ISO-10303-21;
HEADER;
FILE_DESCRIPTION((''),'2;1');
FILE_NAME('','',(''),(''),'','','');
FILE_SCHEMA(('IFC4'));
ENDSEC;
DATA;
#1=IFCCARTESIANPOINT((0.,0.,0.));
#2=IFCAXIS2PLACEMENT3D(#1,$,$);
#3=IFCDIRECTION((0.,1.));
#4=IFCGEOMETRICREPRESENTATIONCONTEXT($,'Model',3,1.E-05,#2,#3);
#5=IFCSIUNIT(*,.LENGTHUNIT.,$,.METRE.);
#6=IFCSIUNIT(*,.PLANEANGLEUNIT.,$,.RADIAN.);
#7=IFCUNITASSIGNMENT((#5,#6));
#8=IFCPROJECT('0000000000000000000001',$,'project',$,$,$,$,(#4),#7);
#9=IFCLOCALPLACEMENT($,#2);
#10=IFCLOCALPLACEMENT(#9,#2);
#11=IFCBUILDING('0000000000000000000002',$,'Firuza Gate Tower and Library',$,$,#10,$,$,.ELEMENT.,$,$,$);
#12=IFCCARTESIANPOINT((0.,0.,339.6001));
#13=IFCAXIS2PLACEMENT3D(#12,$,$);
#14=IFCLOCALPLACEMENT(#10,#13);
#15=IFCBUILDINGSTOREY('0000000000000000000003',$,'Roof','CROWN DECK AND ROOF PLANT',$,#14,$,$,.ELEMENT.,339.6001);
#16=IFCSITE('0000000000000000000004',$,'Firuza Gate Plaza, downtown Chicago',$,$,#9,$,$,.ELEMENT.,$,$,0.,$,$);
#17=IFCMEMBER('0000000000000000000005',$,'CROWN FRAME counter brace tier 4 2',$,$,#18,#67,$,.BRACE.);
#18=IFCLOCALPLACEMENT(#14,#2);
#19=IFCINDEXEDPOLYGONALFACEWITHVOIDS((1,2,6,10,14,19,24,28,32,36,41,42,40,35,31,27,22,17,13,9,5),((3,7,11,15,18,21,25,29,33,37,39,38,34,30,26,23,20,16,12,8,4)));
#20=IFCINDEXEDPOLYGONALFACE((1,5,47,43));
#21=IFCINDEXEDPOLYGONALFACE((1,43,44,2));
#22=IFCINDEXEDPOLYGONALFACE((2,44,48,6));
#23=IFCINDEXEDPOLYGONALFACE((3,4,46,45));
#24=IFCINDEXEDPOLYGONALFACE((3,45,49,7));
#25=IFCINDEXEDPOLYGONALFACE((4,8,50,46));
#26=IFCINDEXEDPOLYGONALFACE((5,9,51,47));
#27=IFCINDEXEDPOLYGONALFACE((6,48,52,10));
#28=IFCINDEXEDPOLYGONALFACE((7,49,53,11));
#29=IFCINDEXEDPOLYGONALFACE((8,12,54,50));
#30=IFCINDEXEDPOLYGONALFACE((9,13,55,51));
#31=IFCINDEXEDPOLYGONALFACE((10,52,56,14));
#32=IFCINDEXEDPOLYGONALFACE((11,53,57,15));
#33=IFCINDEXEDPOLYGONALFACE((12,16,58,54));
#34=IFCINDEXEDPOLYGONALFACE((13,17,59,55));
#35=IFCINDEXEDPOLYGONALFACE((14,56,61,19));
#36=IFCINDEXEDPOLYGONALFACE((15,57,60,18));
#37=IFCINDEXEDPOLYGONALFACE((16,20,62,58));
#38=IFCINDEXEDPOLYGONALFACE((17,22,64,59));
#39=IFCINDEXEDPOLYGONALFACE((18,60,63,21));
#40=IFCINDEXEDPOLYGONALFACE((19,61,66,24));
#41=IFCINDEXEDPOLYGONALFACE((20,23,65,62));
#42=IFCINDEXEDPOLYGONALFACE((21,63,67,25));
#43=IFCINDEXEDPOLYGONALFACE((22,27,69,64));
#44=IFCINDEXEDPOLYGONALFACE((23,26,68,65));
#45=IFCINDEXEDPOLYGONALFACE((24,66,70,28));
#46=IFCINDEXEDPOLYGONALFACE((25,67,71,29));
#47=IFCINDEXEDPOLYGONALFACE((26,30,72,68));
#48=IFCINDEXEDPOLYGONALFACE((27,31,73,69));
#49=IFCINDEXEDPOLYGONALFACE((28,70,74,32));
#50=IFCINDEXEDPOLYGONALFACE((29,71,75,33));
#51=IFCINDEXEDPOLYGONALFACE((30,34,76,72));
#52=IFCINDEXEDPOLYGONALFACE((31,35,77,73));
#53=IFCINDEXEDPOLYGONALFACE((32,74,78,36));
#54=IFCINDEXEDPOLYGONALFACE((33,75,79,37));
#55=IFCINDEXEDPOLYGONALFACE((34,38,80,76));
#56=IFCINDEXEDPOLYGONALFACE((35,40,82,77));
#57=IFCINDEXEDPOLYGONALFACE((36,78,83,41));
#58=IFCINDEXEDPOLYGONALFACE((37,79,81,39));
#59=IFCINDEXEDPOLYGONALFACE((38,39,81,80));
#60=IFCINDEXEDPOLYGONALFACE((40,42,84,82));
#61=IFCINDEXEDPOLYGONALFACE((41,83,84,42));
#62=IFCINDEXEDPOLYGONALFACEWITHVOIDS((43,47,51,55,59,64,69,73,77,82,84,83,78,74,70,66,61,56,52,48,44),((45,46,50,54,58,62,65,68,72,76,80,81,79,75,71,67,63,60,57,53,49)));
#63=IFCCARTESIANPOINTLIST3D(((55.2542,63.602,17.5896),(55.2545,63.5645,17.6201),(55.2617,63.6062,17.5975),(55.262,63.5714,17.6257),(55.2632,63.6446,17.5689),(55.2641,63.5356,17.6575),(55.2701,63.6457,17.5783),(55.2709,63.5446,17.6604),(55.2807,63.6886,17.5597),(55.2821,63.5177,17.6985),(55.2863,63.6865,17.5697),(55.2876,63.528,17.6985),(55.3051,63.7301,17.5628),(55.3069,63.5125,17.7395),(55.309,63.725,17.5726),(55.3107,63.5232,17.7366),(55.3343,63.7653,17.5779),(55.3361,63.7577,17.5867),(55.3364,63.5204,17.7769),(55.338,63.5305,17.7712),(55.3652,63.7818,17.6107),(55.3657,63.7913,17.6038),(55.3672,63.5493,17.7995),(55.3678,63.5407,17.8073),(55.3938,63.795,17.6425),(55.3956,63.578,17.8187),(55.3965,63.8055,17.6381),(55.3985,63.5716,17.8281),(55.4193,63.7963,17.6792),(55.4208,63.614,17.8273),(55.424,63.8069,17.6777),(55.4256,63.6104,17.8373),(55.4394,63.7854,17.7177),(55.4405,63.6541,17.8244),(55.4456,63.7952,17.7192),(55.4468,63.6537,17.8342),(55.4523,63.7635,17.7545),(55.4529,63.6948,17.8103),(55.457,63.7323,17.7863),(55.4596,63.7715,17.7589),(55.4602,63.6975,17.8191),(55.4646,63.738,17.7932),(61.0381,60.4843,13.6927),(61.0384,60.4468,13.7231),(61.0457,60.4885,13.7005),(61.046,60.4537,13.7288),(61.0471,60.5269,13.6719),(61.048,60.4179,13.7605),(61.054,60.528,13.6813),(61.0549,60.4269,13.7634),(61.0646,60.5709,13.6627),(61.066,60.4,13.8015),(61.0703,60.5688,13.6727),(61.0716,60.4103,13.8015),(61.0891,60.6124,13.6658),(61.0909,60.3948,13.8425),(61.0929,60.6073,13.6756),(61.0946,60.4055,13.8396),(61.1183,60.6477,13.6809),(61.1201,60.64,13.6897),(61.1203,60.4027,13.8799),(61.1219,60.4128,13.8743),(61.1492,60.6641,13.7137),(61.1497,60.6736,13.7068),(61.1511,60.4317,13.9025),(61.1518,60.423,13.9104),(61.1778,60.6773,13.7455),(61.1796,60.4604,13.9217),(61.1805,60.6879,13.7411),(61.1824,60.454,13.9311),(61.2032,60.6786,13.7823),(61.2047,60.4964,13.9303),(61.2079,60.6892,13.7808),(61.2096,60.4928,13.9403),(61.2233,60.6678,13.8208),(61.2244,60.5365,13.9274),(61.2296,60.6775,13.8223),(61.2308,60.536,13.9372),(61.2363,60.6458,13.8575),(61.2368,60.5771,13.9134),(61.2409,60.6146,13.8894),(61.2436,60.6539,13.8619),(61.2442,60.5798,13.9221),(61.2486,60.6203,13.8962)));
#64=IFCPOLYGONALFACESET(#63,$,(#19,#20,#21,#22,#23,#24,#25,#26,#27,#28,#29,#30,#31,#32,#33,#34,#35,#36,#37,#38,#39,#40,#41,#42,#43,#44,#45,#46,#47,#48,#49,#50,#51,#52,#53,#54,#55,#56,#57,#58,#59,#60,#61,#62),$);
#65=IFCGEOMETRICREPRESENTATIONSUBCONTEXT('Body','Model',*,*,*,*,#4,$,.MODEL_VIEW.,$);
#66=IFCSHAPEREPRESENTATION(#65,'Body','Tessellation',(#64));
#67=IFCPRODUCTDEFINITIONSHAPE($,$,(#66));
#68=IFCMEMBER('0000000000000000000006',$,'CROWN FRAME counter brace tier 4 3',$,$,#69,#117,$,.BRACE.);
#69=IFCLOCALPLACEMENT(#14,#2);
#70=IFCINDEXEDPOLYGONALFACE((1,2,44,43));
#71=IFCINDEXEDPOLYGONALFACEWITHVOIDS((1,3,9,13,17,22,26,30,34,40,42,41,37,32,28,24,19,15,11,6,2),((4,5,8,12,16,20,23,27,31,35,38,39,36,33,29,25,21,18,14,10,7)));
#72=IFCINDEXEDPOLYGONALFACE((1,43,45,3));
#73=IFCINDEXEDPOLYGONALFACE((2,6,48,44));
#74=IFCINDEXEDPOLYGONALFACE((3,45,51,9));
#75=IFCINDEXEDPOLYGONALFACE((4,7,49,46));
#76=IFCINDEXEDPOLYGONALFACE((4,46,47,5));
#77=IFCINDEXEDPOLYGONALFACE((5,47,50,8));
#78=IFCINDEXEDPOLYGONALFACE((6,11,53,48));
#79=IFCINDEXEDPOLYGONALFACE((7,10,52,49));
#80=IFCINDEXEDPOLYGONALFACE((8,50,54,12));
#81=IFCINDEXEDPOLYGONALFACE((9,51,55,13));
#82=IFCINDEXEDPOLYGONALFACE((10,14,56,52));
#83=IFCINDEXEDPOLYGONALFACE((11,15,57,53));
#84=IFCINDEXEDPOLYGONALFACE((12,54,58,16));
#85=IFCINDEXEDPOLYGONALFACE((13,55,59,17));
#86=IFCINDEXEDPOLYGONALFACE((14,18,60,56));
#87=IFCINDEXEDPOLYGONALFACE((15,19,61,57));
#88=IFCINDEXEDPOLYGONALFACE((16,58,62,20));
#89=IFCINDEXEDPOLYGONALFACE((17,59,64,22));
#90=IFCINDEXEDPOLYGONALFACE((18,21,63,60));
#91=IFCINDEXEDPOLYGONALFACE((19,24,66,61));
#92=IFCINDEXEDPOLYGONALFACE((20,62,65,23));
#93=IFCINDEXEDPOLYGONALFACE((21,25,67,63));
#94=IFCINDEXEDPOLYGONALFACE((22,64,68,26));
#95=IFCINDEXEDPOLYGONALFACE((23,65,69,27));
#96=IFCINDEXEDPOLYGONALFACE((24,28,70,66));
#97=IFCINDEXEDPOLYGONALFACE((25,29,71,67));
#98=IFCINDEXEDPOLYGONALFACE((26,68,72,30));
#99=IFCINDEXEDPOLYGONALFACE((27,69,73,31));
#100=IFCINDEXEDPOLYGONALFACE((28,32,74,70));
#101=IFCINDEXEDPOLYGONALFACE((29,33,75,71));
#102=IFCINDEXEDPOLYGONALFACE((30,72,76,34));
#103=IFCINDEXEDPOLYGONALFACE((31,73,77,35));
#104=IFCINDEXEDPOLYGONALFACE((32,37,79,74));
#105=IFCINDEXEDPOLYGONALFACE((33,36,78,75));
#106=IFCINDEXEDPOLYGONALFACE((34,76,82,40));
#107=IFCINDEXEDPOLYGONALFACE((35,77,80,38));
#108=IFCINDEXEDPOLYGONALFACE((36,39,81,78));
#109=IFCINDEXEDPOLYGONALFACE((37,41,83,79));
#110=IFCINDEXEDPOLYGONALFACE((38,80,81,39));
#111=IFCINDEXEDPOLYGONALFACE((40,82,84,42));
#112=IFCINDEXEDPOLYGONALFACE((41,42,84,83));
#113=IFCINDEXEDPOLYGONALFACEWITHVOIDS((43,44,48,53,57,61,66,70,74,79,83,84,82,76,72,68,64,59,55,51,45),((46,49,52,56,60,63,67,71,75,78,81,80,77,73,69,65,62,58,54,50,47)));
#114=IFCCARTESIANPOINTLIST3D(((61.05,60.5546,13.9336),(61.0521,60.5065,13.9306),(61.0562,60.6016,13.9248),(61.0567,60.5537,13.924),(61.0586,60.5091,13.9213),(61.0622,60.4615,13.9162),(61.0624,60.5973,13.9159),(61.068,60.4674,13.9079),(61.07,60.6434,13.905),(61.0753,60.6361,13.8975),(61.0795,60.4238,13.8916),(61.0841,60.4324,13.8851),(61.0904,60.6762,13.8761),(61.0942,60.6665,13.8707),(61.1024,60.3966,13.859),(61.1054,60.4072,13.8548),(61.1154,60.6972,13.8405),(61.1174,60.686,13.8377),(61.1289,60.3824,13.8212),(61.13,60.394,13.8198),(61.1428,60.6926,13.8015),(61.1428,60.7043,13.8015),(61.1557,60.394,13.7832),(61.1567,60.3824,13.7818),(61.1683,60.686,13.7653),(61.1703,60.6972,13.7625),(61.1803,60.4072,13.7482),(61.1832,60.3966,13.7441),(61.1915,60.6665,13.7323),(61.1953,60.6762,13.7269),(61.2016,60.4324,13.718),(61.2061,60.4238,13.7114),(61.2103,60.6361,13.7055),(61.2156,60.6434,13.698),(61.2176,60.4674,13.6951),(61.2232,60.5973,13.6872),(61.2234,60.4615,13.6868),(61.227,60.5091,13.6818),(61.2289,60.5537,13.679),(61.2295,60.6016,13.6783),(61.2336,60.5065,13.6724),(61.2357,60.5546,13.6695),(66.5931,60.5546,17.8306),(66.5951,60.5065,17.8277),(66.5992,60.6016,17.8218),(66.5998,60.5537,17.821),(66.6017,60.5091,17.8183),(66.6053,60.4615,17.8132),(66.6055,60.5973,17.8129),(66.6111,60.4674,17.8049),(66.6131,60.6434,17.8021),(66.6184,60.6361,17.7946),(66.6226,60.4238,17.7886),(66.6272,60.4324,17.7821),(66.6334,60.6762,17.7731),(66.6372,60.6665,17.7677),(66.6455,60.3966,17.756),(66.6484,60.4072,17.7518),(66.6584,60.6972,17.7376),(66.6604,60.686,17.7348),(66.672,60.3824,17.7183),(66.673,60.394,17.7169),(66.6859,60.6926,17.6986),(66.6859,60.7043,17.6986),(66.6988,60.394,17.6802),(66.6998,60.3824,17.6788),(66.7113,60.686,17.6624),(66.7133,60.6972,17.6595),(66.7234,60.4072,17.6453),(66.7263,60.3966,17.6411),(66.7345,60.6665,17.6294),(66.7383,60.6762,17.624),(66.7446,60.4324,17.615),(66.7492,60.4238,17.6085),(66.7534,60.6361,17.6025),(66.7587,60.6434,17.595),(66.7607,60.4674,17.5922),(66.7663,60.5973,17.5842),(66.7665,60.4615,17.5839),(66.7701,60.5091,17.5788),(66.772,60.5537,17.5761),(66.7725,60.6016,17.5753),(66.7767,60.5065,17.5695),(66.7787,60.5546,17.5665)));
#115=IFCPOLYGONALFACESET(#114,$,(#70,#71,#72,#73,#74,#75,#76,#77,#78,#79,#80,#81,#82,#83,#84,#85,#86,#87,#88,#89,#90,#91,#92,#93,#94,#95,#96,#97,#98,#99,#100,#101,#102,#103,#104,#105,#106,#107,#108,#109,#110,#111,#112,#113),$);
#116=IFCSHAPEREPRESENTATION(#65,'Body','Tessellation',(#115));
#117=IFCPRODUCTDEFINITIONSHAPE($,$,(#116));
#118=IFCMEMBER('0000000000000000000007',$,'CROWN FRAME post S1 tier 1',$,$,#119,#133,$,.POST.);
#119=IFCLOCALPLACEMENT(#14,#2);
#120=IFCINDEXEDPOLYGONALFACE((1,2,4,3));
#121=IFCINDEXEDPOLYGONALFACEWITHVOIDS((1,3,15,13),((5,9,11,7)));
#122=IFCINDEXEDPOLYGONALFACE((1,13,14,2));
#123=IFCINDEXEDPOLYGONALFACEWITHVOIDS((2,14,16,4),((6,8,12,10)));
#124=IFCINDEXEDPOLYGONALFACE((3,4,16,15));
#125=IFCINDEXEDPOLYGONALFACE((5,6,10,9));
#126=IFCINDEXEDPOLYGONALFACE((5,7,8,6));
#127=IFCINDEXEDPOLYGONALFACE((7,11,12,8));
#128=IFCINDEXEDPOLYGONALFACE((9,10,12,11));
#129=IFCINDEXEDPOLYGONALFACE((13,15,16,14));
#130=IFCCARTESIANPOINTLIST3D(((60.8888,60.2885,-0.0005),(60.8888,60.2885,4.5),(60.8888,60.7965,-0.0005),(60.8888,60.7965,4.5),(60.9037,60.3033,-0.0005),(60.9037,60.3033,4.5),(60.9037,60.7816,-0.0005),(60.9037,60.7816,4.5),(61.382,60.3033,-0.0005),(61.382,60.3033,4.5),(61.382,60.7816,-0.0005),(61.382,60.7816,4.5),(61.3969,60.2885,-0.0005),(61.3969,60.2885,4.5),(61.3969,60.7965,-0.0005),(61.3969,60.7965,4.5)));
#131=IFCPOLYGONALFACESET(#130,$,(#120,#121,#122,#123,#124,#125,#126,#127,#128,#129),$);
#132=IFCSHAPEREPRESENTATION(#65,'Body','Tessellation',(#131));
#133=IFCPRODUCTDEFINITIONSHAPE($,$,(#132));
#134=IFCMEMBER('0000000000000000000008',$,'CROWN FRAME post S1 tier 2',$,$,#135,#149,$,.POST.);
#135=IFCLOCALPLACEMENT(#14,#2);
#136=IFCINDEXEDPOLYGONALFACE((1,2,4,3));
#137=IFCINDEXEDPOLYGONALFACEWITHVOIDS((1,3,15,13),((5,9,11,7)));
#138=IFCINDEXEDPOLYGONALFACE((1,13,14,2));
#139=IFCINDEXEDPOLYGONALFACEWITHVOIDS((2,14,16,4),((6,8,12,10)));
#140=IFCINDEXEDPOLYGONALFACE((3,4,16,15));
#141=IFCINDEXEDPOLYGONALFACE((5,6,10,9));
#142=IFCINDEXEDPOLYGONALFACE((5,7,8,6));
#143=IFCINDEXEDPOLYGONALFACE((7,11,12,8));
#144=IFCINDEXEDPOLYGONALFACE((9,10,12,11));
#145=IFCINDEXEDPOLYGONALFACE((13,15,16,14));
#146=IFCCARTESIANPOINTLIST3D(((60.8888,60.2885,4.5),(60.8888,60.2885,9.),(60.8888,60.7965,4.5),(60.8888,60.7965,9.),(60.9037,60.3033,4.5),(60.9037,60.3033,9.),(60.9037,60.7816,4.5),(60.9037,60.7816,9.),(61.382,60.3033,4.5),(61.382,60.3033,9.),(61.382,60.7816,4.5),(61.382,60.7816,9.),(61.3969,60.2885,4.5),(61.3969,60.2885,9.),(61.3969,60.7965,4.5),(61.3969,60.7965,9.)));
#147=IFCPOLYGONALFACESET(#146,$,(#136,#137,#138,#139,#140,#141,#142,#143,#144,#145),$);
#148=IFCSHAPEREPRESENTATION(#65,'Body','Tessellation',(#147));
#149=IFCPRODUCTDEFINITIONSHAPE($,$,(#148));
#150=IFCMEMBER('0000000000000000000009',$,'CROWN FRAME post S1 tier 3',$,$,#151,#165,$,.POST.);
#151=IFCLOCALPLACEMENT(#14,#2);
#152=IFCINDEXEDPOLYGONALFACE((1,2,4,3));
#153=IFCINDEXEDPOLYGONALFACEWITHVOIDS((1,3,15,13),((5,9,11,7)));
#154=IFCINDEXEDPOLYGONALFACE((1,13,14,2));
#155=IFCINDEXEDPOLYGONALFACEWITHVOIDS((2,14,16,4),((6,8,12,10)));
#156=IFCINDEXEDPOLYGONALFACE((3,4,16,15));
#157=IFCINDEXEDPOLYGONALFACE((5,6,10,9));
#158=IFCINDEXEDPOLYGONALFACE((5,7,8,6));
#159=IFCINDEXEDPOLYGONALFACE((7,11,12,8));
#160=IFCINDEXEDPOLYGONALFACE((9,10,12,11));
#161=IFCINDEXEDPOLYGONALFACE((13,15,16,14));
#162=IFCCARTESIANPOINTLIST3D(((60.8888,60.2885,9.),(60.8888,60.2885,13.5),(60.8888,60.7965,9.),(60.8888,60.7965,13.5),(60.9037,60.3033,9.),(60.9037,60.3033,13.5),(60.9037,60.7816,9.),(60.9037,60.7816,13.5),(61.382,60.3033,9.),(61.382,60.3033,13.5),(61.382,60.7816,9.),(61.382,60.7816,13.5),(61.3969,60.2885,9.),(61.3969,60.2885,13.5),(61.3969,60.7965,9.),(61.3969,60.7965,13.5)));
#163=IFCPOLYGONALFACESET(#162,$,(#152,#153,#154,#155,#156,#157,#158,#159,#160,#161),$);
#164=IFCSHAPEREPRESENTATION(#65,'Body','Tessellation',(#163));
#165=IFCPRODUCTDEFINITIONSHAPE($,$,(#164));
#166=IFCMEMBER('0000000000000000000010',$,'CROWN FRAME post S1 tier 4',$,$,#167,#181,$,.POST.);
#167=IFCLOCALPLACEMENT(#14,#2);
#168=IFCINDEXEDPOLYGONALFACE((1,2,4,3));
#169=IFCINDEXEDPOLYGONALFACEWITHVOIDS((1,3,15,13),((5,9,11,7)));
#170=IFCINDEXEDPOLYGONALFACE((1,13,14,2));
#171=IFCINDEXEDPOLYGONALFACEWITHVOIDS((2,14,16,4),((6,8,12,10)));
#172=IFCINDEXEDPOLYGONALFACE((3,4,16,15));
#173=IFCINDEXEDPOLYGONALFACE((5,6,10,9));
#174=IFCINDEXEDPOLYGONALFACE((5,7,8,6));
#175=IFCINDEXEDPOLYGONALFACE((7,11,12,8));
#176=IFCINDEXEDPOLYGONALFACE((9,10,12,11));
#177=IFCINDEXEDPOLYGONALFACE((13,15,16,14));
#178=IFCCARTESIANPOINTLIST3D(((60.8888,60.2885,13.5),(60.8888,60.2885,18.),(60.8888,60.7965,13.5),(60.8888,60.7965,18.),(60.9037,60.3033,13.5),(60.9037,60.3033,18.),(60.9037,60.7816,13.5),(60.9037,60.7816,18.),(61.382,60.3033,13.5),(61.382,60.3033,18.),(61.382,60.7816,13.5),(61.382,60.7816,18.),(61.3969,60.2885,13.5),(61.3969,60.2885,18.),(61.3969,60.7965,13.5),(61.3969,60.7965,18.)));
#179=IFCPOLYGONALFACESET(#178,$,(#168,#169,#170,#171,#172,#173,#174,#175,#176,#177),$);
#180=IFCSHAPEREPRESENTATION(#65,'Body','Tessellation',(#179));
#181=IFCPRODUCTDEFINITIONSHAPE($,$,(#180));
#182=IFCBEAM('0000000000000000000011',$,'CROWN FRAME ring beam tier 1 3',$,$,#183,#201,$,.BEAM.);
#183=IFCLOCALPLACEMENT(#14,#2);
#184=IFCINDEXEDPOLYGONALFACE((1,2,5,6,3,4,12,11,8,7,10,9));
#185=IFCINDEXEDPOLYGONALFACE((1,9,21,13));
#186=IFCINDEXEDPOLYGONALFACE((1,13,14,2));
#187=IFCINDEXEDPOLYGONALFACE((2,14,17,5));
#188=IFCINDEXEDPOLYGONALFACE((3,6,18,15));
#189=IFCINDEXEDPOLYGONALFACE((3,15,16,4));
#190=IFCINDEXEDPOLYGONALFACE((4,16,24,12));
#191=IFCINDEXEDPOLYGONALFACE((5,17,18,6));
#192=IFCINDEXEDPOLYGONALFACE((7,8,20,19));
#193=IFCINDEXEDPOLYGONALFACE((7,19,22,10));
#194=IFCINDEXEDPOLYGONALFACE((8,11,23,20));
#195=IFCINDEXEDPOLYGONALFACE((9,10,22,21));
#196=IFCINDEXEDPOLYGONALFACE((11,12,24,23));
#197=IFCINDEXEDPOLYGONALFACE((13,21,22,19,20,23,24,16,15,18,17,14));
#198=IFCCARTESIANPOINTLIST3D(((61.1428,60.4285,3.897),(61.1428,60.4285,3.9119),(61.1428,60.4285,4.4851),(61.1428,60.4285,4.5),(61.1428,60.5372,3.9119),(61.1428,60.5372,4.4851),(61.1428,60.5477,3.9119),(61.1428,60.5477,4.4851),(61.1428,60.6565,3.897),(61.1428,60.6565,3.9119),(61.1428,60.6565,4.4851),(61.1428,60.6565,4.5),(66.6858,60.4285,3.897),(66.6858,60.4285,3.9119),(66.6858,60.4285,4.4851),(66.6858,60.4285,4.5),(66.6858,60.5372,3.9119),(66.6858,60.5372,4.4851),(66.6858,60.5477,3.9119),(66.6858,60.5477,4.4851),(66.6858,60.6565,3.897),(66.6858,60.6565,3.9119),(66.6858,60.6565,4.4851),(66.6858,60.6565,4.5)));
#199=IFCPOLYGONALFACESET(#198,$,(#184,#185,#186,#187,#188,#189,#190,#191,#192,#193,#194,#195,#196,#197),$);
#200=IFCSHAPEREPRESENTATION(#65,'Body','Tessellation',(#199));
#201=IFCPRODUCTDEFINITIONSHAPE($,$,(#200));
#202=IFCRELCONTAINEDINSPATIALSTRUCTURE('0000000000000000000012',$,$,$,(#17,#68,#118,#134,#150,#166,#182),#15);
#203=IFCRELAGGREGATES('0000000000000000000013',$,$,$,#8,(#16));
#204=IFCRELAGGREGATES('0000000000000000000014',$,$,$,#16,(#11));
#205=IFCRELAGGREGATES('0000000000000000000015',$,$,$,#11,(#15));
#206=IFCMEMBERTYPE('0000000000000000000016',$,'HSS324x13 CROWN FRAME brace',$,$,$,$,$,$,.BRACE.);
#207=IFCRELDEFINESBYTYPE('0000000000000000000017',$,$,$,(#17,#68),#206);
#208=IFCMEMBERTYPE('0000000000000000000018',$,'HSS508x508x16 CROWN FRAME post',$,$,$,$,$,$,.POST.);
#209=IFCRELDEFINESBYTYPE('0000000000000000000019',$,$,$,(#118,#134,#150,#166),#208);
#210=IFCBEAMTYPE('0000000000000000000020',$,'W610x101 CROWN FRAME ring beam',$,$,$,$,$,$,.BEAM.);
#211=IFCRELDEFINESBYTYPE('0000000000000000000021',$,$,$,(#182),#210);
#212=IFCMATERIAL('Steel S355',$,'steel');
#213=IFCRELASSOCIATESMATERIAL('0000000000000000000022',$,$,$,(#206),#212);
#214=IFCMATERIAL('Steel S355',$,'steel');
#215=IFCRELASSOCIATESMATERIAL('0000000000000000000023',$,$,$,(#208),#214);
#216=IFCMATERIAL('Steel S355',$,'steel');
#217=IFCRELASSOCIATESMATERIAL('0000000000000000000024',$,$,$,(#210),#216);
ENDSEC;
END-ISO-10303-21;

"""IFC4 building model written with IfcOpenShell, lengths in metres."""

from ifc_helpers import new_model, si_unit, direction, frame, origin, origin_2d, place, context, subcontext, project, spatial, hollow_rectangle, hollow_circle, i_section, extrude, material, material_profile, profile_set, type_object, element, save


model = new_model("IFC4")

# Units and contexts
model_context = context("Model", 3, precision=1e-05, world=origin(), true_north=direction((0.0, 1.0)))
body_context = subcontext(model_context, "Body", "Model", "MODEL_VIEW")
ifc_project = project(units=[si_unit("LENGTHUNIT", "METRE"), si_unit("PLANEANGLEUNIT", "RADIAN")], contexts=[model_context])

# Site, building, storey
site_placement = place(None, origin())
site = spatial("IfcSite", under=ifc_project, at=site_placement, Name="Firuza Gate Plaza, downtown Chicago", CompositionType="ELEMENT", RefElevation=0.0)
building_placement = place(site_placement, origin())
building = spatial("IfcBuilding", under=site, at=building_placement, Name="Firuza Gate Tower and Library", CompositionType="ELEMENT")
storey_placement = place(building_placement, frame((0.0, 0.0, 339.6001)))
storey = spatial("IfcBuildingStorey", under=building, at=storey_placement, Name="Roof", Description="CROWN DECK AND ROOF PLANT", CompositionType="ELEMENT", Elevation=339.6001)

# Members
ifc_material_1 = material(Name="Steel S355", Category="steel")
ifc_material_profile_1 = material_profile(ifc_material_1, hollow_circle(Radius=0.1619, WallThickness=0.0117, at=origin_2d()))
ifc_profile_set_1 = profile_set([ifc_material_profile_1], Name="Steel S355")
member_type_1 = type_object("IfcMemberType", Name="HSS324x13 CROWN FRAME brace", PredefinedType="BRACE", material=ifc_profile_set_1)
member_1_placement = place(storey_placement, frame((61.1428, 60.5425, 13.8015), z_axis=(-0.757121, 0.408106, 0.510116), x_axis=(-0.474483, -0.880265, 0.0)))
element("IfcMember", 1, at=member_1_placement, inside=storey, type_object=member_type_1, Name="CROWN FRAME counter brace tier 4 2", PredefinedType="BRACE", context=body_context, shape_type="SweptSolid", body=[
    extrude(hollow_circle(Radius=0.1619, WallThickness=0.0117, at=origin_2d()), origin(), (0.0, 0.0, 1.0), 7.6394),
])
member_2_placement = place(storey_placement, frame((61.1428, 60.5425, 13.8015), z_axis=(0.818059, 0.0, 0.575135), x_axis=(0.0, 1.0, 0.0)))
element("IfcMember", 2, at=member_2_placement, inside=storey, type_object=member_type_1, Name="CROWN FRAME counter brace tier 4 3", PredefinedType="BRACE", context=body_context, shape_type="SweptSolid", body=[
    extrude(hollow_circle(Radius=0.1619, WallThickness=0.0117, at=origin_2d()), origin(), (0.0, 0.0, 1.0), 6.7759),
])
ifc_material_2 = material(Name="Steel S355", Category="steel")
ifc_material_profile_2 = material_profile(ifc_material_2, hollow_rectangle(XDim=0.5081, YDim=0.5081, WallThickness=0.0149, at=origin_2d()))
ifc_profile_set_2 = profile_set([ifc_material_profile_2], Name="Steel S355")
member_type_2 = type_object("IfcMemberType", Name="HSS508x508x16 CROWN FRAME post", PredefinedType="POST", material=ifc_profile_set_2)
member_3_placement = place(storey_placement, frame((61.1428, 60.5425, -0.0005), z_axis=(0.0, 0.0, 1.0), x_axis=(1.0, 0.0, 0.0)))
element("IfcMember", 3, at=member_3_placement, inside=storey, type_object=member_type_2, Name="CROWN FRAME post S1 tier 1", PredefinedType="POST", context=body_context, shape_type="SweptSolid", body=[
    extrude(hollow_rectangle(XDim=0.5081, YDim=0.5081, WallThickness=0.0149, at=origin_2d()), origin(), (0.0, 0.0, 1.0), 4.5005),
])
for number, where, z_axis, x_axis, name in (
    (4, (61.1428, 60.5425, 4.5), (0.0, 0.0, 1.0), (1.0, 0.0, 0.0), "CROWN FRAME post S1 tier 2"),
    (5, (61.1428, 60.5425, 9.0), (0.0, 0.0, 1.0), (1.0, 0.0, 0.0), "CROWN FRAME post S1 tier 3"),
    (6, (61.1428, 60.5425, 13.5), (0.0, 0.0, 1.0), (1.0, 0.0, 0.0), "CROWN FRAME post S1 tier 4"),
):
    element("IfcMember", number, at=place(storey_placement, frame(where, z_axis=z_axis, x_axis=x_axis)), inside=storey, type_object=member_type_2, Name=name, PredefinedType="POST", context=body_context, shape_type="SweptSolid", body=[
        extrude(hollow_rectangle(XDim=0.5081, YDim=0.5081, WallThickness=0.0149, at=origin_2d()), origin(), (0.0, 0.0, 1.0), 4.5),
    ])

# Beam
ifc_material_3 = material(Name="Steel S355", Category="steel")
ifc_material_profile_3 = material_profile(ifc_material_3, i_section(OverallWidth=0.228, OverallDepth=0.603, WebThickness=0.0105, FlangeThickness=0.0149, at=origin_2d()))
ifc_profile_set_3 = profile_set([ifc_material_profile_3], Name="Steel S355")
beam_type = type_object("IfcBeamType", Name="W610x101 CROWN FRAME ring beam", PredefinedType="BEAM", material=ifc_profile_set_3)
for number, where, z_axis, x_axis, name in (
    (7, (61.1428, 60.5425, 4.1985), (1.0, 0.0, 0.0), (0.0, 1.0, 0.0), "CROWN FRAME ring beam tier 1 3"),
):
    element("IfcBeam", number, at=place(storey_placement, frame(where, z_axis=z_axis, x_axis=x_axis)), inside=storey, type_object=beam_type, Name=name, PredefinedType="BEAM", context=body_context, shape_type="SweptSolid", body=[
        extrude(i_section(OverallWidth=0.228, OverallDepth=0.603, WebThickness=0.0105, FlangeThickness=0.0149, at=origin_2d()), origin(), (0.0, 0.0, 1.0), 5.543),
    ])

save(model, "model.ifc")
